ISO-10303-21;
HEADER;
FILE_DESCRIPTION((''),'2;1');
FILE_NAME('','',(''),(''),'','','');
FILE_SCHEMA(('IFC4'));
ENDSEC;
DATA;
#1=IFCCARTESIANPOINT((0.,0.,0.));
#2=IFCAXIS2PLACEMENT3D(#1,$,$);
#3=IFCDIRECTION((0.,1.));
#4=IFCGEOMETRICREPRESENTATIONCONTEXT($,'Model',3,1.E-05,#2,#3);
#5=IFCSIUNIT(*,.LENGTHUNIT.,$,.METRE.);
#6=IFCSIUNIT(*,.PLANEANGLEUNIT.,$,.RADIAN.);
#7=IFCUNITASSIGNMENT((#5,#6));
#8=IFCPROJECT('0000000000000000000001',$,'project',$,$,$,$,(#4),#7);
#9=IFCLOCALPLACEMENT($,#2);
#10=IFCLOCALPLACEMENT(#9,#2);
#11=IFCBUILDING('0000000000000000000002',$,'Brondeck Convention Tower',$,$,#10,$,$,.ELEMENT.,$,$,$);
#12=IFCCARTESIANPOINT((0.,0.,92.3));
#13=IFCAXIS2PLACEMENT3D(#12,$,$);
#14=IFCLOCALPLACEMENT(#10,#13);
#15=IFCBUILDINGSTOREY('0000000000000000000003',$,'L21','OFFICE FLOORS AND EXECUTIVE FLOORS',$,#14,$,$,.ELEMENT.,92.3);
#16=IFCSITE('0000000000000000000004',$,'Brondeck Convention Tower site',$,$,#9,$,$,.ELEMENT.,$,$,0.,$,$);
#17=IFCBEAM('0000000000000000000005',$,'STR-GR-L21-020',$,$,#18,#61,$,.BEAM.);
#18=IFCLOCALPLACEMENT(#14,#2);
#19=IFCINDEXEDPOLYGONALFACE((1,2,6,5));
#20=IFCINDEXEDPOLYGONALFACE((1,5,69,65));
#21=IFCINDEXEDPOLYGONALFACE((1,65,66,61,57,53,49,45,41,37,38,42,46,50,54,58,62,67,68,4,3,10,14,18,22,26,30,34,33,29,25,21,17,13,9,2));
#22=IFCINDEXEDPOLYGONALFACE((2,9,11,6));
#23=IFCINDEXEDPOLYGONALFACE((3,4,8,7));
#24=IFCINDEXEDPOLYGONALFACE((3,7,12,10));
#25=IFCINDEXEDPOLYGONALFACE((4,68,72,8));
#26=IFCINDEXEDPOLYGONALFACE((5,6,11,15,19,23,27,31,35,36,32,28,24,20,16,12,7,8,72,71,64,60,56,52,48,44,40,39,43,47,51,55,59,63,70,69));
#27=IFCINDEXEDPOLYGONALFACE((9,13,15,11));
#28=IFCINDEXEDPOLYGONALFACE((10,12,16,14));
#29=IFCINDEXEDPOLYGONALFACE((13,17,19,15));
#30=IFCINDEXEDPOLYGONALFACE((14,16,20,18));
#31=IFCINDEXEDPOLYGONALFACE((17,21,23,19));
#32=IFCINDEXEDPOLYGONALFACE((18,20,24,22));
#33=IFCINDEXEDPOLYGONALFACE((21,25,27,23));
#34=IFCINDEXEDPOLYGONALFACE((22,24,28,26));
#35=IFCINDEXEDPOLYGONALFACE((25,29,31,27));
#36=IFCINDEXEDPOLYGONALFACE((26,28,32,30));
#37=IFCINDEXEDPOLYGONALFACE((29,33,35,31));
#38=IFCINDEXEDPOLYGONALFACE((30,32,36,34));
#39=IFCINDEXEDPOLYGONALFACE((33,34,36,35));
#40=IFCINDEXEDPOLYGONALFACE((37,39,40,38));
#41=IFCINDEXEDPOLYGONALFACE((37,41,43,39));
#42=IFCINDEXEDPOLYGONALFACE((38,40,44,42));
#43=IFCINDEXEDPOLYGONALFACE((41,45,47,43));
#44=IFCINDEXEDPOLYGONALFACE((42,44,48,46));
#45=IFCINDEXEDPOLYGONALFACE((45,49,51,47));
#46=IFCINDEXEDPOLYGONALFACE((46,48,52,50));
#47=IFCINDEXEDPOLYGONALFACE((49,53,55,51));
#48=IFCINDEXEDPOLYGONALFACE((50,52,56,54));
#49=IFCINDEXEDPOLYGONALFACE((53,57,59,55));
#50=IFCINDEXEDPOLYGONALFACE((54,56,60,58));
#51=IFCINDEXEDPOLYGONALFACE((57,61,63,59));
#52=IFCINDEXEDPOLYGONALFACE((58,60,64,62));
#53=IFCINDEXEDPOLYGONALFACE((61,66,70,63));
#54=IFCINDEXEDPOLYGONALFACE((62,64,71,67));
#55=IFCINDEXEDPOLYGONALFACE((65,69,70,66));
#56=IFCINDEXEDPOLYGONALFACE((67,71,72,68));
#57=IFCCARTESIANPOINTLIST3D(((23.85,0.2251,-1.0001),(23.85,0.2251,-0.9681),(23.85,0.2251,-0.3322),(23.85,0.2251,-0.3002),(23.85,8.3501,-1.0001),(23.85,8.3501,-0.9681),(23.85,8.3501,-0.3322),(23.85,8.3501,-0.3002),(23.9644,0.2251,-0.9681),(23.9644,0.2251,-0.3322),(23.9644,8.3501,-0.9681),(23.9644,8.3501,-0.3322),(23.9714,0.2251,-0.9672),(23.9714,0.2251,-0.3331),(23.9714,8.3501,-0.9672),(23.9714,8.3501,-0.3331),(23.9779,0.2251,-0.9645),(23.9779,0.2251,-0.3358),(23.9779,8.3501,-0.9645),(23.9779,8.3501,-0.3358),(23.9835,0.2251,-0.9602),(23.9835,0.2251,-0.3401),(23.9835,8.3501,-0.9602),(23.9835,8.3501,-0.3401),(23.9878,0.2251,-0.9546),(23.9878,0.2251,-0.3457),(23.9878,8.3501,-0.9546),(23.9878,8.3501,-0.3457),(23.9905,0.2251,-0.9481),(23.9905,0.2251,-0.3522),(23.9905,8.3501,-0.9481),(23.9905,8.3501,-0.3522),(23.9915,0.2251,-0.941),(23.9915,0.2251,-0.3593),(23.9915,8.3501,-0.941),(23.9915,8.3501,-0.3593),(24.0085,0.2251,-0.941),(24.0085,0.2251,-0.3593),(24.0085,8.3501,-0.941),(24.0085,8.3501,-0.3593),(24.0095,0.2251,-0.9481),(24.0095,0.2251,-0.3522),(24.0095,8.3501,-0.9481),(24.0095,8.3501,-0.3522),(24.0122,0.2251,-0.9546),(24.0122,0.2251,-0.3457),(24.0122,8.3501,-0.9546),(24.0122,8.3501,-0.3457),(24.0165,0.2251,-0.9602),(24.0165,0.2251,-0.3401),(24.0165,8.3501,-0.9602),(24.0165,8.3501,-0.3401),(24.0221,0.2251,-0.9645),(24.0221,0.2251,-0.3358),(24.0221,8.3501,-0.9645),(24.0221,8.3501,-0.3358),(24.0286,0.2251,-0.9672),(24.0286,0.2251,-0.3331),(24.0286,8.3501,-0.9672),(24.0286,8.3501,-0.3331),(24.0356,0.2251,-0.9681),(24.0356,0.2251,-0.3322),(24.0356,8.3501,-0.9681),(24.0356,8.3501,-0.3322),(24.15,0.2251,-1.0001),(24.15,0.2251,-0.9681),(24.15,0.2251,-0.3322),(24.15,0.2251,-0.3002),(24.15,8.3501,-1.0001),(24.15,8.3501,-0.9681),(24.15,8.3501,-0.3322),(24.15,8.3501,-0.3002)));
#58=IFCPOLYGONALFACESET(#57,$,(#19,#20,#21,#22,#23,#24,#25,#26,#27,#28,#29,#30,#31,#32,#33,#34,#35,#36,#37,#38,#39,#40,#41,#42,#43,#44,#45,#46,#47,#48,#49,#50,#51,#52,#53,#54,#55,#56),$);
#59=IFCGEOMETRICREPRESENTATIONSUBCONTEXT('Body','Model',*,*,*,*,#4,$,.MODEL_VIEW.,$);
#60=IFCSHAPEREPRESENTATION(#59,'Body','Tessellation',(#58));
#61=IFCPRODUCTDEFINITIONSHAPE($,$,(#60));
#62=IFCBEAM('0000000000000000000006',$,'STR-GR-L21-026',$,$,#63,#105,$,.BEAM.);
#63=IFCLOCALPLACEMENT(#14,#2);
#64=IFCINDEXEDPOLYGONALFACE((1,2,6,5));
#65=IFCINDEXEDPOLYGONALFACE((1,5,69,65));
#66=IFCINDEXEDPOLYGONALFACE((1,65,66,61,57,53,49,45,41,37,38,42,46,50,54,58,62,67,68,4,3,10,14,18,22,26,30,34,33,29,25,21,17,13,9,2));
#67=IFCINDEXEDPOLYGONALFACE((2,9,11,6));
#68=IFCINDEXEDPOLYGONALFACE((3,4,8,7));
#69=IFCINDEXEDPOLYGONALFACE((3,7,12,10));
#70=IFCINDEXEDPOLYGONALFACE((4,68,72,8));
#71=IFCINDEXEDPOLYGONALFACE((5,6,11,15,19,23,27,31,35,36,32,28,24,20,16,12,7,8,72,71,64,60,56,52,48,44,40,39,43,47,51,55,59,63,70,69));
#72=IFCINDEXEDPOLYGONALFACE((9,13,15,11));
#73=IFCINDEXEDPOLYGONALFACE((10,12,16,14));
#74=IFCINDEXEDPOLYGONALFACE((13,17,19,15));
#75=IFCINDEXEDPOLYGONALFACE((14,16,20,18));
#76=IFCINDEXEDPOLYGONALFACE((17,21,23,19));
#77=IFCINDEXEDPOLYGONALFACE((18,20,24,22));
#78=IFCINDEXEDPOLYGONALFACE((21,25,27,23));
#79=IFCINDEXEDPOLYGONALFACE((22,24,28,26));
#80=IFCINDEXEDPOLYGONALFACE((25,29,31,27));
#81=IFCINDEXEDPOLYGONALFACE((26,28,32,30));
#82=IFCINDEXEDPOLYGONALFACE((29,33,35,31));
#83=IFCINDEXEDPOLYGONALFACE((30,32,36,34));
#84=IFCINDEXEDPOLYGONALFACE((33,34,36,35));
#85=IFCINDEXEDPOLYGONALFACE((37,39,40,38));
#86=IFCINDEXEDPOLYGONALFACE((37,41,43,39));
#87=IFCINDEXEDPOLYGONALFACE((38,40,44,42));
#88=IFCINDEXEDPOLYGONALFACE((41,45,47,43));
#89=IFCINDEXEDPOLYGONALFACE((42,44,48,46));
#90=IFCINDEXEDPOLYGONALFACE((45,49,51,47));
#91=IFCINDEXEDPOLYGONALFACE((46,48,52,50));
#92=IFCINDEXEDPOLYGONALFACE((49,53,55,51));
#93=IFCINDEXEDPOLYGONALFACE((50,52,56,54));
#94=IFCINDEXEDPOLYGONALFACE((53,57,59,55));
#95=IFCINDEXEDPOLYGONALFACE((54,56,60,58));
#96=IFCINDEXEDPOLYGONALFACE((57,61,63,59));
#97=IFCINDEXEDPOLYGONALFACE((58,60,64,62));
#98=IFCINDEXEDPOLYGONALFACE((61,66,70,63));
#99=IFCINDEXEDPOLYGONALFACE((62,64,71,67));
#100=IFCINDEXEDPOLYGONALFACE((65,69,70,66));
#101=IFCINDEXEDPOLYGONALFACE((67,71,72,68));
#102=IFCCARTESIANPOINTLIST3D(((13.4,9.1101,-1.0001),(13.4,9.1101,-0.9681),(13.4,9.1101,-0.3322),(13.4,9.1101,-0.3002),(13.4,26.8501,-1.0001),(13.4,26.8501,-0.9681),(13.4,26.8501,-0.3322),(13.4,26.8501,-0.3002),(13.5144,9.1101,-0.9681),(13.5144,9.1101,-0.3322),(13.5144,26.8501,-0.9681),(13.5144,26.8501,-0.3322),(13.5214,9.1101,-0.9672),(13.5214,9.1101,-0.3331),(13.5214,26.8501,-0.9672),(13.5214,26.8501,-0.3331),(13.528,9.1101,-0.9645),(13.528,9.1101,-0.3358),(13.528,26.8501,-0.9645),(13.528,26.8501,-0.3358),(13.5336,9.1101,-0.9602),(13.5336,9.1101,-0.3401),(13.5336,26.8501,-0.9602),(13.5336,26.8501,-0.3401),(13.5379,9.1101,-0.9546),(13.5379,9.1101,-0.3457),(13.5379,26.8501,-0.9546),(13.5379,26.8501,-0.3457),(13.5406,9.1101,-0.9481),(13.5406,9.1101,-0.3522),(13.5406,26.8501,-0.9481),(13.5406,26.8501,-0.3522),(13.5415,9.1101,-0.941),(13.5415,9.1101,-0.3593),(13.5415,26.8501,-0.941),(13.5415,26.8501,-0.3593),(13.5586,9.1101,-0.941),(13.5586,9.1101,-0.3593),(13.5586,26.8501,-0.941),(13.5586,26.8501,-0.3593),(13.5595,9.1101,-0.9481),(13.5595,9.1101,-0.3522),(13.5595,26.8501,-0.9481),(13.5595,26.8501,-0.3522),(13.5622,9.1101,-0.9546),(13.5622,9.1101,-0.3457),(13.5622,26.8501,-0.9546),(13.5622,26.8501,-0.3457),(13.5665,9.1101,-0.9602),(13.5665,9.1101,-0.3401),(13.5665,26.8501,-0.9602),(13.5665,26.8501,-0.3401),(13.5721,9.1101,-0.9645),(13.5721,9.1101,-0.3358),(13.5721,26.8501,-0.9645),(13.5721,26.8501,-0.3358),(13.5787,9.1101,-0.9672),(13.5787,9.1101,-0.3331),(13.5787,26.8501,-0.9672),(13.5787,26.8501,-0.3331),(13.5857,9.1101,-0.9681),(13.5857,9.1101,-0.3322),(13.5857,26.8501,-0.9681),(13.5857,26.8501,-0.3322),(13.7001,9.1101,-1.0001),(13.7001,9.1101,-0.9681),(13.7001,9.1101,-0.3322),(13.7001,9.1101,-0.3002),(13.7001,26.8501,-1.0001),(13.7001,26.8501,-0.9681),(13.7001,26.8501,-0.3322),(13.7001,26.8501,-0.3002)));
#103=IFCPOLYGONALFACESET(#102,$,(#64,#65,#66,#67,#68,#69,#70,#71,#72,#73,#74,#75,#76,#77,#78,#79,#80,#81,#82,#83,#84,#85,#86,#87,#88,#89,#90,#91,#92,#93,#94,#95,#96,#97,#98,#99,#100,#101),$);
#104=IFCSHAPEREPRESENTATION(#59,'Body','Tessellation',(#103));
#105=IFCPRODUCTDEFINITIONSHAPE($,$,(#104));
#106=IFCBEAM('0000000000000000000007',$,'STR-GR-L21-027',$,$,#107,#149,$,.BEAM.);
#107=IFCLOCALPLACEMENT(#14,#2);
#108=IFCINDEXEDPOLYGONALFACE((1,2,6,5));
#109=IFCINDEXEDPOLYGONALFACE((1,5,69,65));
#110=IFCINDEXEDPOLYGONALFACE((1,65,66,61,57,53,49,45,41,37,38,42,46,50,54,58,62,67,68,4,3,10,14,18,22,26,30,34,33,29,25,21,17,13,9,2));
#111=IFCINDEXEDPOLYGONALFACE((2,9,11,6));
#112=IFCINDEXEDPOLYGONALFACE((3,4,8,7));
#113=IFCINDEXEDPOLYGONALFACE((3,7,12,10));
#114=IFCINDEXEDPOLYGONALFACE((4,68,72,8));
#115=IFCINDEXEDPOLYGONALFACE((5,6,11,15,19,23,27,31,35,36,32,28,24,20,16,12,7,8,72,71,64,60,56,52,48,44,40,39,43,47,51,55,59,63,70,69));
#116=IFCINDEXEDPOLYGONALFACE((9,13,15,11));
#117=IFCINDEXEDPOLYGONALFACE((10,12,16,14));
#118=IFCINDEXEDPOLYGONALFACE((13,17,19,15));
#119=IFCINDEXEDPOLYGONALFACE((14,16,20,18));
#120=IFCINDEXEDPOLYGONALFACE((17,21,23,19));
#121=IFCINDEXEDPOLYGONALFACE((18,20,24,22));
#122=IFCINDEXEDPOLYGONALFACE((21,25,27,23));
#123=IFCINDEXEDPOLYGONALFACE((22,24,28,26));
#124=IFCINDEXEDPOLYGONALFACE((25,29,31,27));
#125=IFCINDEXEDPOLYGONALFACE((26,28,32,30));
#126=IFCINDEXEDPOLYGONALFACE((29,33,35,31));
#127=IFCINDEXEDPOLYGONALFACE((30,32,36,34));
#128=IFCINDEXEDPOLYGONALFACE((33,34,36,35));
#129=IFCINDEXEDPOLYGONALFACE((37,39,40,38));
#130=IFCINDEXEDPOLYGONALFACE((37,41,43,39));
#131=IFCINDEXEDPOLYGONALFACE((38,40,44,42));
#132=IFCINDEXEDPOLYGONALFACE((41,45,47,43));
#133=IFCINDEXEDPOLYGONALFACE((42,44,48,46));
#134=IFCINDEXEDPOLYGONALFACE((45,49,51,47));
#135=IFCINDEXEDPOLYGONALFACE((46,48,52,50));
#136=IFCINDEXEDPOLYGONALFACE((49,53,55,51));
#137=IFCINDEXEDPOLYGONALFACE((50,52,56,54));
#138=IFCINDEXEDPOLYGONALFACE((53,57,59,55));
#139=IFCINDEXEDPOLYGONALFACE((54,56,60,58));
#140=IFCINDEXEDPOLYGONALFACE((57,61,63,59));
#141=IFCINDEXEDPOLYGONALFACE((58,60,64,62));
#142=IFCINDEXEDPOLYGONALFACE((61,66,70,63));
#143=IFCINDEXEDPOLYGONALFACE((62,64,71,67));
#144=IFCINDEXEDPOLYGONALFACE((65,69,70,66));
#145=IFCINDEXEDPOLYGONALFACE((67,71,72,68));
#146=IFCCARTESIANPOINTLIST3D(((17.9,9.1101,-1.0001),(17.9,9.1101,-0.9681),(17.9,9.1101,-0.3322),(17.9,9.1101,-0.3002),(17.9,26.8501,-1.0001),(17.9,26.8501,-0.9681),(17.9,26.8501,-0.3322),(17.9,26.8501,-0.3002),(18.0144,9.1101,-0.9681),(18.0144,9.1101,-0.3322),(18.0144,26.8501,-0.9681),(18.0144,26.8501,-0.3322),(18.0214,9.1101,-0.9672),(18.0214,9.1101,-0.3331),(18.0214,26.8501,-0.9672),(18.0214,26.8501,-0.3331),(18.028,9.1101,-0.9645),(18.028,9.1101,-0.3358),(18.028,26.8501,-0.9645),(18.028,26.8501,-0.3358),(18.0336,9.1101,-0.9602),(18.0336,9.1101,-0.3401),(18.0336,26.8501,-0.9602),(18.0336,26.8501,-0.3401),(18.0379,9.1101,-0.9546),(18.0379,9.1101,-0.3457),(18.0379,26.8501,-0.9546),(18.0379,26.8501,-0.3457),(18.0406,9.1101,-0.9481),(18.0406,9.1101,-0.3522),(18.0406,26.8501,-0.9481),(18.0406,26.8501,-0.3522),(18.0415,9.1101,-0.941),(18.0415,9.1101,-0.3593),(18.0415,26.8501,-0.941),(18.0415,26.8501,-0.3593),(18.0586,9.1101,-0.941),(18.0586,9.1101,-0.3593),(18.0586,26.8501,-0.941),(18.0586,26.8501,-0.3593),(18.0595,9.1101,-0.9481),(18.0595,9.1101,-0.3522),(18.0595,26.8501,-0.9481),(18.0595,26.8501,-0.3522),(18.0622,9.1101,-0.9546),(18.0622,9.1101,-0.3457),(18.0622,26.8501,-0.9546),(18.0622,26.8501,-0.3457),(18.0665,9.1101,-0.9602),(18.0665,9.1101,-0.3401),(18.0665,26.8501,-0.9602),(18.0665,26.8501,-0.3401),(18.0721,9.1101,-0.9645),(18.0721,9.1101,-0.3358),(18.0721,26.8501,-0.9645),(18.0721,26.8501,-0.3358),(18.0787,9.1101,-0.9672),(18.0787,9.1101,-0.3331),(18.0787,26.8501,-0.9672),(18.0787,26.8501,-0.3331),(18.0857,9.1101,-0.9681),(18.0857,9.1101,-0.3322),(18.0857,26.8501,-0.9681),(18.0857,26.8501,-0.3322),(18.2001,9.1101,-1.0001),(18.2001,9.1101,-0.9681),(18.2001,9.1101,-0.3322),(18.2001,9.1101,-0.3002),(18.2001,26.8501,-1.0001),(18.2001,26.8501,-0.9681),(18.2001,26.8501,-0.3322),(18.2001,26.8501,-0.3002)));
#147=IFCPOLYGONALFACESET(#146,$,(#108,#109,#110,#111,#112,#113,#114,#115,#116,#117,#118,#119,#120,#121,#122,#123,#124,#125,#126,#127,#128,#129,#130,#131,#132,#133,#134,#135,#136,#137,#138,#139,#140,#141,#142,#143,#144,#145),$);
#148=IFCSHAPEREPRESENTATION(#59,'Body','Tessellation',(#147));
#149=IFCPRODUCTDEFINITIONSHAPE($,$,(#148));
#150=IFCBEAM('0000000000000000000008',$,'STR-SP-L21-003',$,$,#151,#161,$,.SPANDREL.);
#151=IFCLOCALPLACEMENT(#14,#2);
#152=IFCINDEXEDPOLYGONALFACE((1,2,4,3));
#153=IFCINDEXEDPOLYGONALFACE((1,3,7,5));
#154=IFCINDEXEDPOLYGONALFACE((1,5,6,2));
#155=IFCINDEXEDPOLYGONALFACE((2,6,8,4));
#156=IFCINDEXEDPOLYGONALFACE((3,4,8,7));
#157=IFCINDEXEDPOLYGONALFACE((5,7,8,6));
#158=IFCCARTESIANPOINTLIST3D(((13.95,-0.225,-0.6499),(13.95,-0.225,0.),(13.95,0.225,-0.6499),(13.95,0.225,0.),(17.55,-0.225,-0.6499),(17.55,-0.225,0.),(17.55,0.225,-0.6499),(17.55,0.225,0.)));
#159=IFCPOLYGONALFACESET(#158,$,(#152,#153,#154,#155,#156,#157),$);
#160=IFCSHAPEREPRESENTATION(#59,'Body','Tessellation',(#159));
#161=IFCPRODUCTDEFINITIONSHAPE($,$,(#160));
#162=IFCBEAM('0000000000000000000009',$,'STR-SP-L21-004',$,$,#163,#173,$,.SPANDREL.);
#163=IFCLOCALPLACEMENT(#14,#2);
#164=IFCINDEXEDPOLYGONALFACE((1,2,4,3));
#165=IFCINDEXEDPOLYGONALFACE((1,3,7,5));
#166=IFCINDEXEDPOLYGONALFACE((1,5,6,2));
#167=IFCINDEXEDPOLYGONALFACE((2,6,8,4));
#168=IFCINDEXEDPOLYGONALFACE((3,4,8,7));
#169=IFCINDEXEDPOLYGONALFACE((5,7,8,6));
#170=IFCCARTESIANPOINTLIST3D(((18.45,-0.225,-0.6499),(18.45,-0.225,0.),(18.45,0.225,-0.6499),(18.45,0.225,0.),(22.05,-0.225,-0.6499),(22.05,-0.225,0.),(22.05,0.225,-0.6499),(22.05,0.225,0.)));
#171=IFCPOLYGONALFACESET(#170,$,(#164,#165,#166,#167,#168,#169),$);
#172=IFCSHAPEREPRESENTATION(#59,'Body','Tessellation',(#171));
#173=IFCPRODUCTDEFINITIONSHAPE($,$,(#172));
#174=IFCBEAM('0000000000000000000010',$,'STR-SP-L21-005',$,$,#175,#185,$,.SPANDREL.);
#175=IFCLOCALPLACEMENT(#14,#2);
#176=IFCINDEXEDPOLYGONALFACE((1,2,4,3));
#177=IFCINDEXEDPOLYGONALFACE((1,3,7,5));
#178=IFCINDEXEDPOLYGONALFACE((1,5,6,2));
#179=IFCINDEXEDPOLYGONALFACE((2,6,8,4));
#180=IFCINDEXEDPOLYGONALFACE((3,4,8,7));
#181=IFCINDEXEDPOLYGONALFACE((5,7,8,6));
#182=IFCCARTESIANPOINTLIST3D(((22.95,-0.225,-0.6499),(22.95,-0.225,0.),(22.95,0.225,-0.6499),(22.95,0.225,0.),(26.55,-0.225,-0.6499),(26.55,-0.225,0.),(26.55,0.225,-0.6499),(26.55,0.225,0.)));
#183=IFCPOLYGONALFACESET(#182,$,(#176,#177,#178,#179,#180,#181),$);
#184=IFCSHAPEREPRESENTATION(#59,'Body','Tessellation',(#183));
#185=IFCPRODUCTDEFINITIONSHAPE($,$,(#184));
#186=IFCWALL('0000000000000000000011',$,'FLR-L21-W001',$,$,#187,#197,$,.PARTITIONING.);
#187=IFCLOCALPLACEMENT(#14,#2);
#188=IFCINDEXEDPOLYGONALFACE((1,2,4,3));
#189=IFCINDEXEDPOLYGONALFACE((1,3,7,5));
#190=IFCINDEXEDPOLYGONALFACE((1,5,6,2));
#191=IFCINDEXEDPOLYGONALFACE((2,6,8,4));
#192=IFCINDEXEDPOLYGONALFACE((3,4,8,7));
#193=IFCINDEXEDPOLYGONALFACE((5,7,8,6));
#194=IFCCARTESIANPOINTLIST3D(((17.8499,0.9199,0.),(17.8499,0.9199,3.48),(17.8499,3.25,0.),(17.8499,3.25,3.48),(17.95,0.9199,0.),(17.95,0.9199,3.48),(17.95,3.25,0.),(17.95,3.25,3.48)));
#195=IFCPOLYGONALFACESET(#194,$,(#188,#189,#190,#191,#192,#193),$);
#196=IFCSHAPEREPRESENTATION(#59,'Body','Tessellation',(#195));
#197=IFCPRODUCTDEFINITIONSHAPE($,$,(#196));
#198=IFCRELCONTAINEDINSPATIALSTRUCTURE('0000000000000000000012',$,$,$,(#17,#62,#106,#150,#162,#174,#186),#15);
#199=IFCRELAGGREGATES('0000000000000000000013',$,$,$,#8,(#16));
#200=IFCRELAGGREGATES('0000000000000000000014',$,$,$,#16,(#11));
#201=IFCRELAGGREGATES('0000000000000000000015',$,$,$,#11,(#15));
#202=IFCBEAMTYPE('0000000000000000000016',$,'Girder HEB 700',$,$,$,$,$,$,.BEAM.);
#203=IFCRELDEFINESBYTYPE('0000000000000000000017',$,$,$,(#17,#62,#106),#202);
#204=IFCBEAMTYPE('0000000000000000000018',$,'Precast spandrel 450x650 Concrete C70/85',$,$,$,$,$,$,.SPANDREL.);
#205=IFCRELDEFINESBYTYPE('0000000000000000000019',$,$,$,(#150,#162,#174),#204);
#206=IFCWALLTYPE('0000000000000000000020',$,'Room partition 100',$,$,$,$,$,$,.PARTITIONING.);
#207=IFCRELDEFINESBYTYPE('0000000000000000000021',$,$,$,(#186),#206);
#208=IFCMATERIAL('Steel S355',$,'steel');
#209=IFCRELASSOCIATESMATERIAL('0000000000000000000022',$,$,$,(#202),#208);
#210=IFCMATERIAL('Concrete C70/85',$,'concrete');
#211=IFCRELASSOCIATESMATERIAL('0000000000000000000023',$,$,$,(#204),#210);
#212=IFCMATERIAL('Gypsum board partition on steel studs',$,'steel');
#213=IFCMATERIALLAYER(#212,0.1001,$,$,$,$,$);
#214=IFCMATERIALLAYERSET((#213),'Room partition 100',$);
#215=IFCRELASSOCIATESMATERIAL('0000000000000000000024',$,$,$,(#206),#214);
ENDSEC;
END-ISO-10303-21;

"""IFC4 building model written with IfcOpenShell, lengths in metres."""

from ifc_helpers import new_model, si_unit, direction, frame, frame_2d, origin, origin_2d, place, context, subcontext, project, spatial, rectangle, i_section, extrude, material, layer, layer_set, material_profile, profile_set, type_object, element, save


model = new_model("IFC4")

# Units and contexts
model_context = context("Model", 3, precision=1e-05, world=origin(), true_north=direction((0.0, 1.0)))
body_context = subcontext(model_context, "Body", "Model", "MODEL_VIEW")
ifc_project = project(units=[si_unit("LENGTHUNIT", "METRE"), si_unit("PLANEANGLEUNIT", "RADIAN")], contexts=[model_context])

# Site, building, storey
site_placement = place(None, origin())
site = spatial("IfcSite", under=ifc_project, at=site_placement, Name="Brondeck Convention Tower site", CompositionType="ELEMENT", RefElevation=0.0)
building_placement = place(site_placement, origin())
building = spatial("IfcBuilding", under=site, at=building_placement, Name="Brondeck Convention Tower", CompositionType="ELEMENT")
storey_placement = place(building_placement, frame((0.0, 0.0, 92.3)))
storey = spatial("IfcBuildingStorey", under=building, at=storey_placement, Name="L21", Description="OFFICE FLOORS AND EXECUTIVE FLOORS", CompositionType="ELEMENT", Elevation=92.3)

# Shared definitions
ifc_material_1 = material(Name="Concrete C70/85", Category="concrete")

# Beams
ifc_material_2 = material(Name="Steel S355", Category="steel")
ifc_material_profile_1 = material_profile(ifc_material_2, i_section(OverallWidth=0.3, OverallDepth=0.7, WebThickness=0.0171, FlangeThickness=0.032, FilletRadius=0.0271, at=origin_2d()), Name="HEB 700")
ifc_profile_set_1 = profile_set([ifc_material_profile_1], Name="Steel S355")
beam_type_1 = type_object("IfcBeamType", Name="Girder HEB 700", PredefinedType="BEAM", material=ifc_profile_set_1)
beam_1_placement = place(storey_placement, frame((24.0, 8.3501, -0.6501), z_axis=(0.0, -1.0, 0.0), x_axis=(1.0, 0.0, 0.0)))
element("IfcBeam", 1, at=beam_1_placement, inside=storey, type_object=beam_type_1, Name="STR-GR-L21-020", PredefinedType="BEAM", context=body_context, shape_type="SweptSolid", body=[
    extrude(i_section(OverallWidth=0.3, OverallDepth=0.7, WebThickness=0.0171, FlangeThickness=0.032, FilletRadius=0.0271, at=origin_2d()), origin(), (0.0, 0.0, 1.0), 8.125),
])
for number, where, z_axis, x_axis, name in (
    (2, (13.55, 9.1101, -0.6501), (0.0, 1.0, 0.0), (-1.0, 0.0, 0.0), "STR-GR-L21-026"),
    (3, (18.05, 9.1101, -0.6501), (0.0, 1.0, 0.0), (-1.0, 0.0, 0.0), "STR-GR-L21-027"),
):
    element("IfcBeam", number, at=place(storey_placement, frame(where, z_axis=z_axis, x_axis=x_axis)), inside=storey, type_object=beam_type_1, Name=name, PredefinedType="BEAM", context=body_context, shape_type="SweptSolid", body=[
        extrude(i_section(OverallWidth=0.3, OverallDepth=0.7, WebThickness=0.0171, FlangeThickness=0.032, FilletRadius=0.0271, at=origin_2d()), origin(), (0.0, 0.0, 1.0), 17.74),
    ])
ifc_material_profile_2 = material_profile(ifc_material_1, rectangle(XDim=0.45, YDim=0.6499, at=origin_2d()), Name="Precast spandrel 450x650 Concrete C70/85")
ifc_profile_set_2 = profile_set([ifc_material_profile_2], Name="Concrete C70/85")
beam_type_2 = type_object("IfcBeamType", Name="Precast spandrel 450x650 Concrete C70/85", PredefinedType="SPANDREL", material=ifc_profile_set_2)
for number, where, z_axis, x_axis, name in (
    (4, (13.95, 0.0, -0.325), (1.0, 0.0, 0.0), (0.0, 1.0, 0.0), "STR-SP-L21-003"),
    (5, (18.45, 0.0, -0.325), (1.0, 0.0, 0.0), (0.0, 1.0, 0.0), "STR-SP-L21-004"),
    (6, (22.95, 0.0, -0.325), (1.0, 0.0, 0.0), (0.0, 1.0, 0.0), "STR-SP-L21-005"),
):
    element("IfcBeam", number, at=place(storey_placement, frame(where, z_axis=z_axis, x_axis=x_axis)), inside=storey, type_object=beam_type_2, Name=name, PredefinedType="SPANDREL", context=body_context, shape_type="SweptSolid", body=[
        extrude(rectangle(XDim=0.45, YDim=0.6499, at=origin_2d()), origin(), (0.0, 0.0, 1.0), 3.6001),
    ])

# Wall
ifc_material_3 = material(Name="Gypsum board partition on steel studs", Category="steel")
ifc_layer_1 = layer(ifc_material_3, 0.1001)
ifc_layer_set_1 = layer_set([ifc_layer_1], Name="Room partition 100")
wall_type_1 = type_object("IfcWallType", Name="Room partition 100", PredefinedType="PARTITIONING", material=ifc_layer_set_1)
wall_1_placement = place(storey_placement, frame((17.8999, 0.9199, 0.0), z_axis=(0.0, 0.0, 1.0), x_axis=(0.0, 1.0, 0.0)))
element("IfcWall", 7, at=wall_1_placement, inside=storey, type_object=wall_type_1, Name="FLR-L21-W001", PredefinedType="PARTITIONING", context=body_context, shape_type="SweptSolid", body=[
    extrude(rectangle(XDim=2.3301, YDim=0.1001, at=frame_2d((1.165, 0.0))), origin(), (0.0, 0.0, 1.0), 3.48),
])

save(model, "model.ifc")
